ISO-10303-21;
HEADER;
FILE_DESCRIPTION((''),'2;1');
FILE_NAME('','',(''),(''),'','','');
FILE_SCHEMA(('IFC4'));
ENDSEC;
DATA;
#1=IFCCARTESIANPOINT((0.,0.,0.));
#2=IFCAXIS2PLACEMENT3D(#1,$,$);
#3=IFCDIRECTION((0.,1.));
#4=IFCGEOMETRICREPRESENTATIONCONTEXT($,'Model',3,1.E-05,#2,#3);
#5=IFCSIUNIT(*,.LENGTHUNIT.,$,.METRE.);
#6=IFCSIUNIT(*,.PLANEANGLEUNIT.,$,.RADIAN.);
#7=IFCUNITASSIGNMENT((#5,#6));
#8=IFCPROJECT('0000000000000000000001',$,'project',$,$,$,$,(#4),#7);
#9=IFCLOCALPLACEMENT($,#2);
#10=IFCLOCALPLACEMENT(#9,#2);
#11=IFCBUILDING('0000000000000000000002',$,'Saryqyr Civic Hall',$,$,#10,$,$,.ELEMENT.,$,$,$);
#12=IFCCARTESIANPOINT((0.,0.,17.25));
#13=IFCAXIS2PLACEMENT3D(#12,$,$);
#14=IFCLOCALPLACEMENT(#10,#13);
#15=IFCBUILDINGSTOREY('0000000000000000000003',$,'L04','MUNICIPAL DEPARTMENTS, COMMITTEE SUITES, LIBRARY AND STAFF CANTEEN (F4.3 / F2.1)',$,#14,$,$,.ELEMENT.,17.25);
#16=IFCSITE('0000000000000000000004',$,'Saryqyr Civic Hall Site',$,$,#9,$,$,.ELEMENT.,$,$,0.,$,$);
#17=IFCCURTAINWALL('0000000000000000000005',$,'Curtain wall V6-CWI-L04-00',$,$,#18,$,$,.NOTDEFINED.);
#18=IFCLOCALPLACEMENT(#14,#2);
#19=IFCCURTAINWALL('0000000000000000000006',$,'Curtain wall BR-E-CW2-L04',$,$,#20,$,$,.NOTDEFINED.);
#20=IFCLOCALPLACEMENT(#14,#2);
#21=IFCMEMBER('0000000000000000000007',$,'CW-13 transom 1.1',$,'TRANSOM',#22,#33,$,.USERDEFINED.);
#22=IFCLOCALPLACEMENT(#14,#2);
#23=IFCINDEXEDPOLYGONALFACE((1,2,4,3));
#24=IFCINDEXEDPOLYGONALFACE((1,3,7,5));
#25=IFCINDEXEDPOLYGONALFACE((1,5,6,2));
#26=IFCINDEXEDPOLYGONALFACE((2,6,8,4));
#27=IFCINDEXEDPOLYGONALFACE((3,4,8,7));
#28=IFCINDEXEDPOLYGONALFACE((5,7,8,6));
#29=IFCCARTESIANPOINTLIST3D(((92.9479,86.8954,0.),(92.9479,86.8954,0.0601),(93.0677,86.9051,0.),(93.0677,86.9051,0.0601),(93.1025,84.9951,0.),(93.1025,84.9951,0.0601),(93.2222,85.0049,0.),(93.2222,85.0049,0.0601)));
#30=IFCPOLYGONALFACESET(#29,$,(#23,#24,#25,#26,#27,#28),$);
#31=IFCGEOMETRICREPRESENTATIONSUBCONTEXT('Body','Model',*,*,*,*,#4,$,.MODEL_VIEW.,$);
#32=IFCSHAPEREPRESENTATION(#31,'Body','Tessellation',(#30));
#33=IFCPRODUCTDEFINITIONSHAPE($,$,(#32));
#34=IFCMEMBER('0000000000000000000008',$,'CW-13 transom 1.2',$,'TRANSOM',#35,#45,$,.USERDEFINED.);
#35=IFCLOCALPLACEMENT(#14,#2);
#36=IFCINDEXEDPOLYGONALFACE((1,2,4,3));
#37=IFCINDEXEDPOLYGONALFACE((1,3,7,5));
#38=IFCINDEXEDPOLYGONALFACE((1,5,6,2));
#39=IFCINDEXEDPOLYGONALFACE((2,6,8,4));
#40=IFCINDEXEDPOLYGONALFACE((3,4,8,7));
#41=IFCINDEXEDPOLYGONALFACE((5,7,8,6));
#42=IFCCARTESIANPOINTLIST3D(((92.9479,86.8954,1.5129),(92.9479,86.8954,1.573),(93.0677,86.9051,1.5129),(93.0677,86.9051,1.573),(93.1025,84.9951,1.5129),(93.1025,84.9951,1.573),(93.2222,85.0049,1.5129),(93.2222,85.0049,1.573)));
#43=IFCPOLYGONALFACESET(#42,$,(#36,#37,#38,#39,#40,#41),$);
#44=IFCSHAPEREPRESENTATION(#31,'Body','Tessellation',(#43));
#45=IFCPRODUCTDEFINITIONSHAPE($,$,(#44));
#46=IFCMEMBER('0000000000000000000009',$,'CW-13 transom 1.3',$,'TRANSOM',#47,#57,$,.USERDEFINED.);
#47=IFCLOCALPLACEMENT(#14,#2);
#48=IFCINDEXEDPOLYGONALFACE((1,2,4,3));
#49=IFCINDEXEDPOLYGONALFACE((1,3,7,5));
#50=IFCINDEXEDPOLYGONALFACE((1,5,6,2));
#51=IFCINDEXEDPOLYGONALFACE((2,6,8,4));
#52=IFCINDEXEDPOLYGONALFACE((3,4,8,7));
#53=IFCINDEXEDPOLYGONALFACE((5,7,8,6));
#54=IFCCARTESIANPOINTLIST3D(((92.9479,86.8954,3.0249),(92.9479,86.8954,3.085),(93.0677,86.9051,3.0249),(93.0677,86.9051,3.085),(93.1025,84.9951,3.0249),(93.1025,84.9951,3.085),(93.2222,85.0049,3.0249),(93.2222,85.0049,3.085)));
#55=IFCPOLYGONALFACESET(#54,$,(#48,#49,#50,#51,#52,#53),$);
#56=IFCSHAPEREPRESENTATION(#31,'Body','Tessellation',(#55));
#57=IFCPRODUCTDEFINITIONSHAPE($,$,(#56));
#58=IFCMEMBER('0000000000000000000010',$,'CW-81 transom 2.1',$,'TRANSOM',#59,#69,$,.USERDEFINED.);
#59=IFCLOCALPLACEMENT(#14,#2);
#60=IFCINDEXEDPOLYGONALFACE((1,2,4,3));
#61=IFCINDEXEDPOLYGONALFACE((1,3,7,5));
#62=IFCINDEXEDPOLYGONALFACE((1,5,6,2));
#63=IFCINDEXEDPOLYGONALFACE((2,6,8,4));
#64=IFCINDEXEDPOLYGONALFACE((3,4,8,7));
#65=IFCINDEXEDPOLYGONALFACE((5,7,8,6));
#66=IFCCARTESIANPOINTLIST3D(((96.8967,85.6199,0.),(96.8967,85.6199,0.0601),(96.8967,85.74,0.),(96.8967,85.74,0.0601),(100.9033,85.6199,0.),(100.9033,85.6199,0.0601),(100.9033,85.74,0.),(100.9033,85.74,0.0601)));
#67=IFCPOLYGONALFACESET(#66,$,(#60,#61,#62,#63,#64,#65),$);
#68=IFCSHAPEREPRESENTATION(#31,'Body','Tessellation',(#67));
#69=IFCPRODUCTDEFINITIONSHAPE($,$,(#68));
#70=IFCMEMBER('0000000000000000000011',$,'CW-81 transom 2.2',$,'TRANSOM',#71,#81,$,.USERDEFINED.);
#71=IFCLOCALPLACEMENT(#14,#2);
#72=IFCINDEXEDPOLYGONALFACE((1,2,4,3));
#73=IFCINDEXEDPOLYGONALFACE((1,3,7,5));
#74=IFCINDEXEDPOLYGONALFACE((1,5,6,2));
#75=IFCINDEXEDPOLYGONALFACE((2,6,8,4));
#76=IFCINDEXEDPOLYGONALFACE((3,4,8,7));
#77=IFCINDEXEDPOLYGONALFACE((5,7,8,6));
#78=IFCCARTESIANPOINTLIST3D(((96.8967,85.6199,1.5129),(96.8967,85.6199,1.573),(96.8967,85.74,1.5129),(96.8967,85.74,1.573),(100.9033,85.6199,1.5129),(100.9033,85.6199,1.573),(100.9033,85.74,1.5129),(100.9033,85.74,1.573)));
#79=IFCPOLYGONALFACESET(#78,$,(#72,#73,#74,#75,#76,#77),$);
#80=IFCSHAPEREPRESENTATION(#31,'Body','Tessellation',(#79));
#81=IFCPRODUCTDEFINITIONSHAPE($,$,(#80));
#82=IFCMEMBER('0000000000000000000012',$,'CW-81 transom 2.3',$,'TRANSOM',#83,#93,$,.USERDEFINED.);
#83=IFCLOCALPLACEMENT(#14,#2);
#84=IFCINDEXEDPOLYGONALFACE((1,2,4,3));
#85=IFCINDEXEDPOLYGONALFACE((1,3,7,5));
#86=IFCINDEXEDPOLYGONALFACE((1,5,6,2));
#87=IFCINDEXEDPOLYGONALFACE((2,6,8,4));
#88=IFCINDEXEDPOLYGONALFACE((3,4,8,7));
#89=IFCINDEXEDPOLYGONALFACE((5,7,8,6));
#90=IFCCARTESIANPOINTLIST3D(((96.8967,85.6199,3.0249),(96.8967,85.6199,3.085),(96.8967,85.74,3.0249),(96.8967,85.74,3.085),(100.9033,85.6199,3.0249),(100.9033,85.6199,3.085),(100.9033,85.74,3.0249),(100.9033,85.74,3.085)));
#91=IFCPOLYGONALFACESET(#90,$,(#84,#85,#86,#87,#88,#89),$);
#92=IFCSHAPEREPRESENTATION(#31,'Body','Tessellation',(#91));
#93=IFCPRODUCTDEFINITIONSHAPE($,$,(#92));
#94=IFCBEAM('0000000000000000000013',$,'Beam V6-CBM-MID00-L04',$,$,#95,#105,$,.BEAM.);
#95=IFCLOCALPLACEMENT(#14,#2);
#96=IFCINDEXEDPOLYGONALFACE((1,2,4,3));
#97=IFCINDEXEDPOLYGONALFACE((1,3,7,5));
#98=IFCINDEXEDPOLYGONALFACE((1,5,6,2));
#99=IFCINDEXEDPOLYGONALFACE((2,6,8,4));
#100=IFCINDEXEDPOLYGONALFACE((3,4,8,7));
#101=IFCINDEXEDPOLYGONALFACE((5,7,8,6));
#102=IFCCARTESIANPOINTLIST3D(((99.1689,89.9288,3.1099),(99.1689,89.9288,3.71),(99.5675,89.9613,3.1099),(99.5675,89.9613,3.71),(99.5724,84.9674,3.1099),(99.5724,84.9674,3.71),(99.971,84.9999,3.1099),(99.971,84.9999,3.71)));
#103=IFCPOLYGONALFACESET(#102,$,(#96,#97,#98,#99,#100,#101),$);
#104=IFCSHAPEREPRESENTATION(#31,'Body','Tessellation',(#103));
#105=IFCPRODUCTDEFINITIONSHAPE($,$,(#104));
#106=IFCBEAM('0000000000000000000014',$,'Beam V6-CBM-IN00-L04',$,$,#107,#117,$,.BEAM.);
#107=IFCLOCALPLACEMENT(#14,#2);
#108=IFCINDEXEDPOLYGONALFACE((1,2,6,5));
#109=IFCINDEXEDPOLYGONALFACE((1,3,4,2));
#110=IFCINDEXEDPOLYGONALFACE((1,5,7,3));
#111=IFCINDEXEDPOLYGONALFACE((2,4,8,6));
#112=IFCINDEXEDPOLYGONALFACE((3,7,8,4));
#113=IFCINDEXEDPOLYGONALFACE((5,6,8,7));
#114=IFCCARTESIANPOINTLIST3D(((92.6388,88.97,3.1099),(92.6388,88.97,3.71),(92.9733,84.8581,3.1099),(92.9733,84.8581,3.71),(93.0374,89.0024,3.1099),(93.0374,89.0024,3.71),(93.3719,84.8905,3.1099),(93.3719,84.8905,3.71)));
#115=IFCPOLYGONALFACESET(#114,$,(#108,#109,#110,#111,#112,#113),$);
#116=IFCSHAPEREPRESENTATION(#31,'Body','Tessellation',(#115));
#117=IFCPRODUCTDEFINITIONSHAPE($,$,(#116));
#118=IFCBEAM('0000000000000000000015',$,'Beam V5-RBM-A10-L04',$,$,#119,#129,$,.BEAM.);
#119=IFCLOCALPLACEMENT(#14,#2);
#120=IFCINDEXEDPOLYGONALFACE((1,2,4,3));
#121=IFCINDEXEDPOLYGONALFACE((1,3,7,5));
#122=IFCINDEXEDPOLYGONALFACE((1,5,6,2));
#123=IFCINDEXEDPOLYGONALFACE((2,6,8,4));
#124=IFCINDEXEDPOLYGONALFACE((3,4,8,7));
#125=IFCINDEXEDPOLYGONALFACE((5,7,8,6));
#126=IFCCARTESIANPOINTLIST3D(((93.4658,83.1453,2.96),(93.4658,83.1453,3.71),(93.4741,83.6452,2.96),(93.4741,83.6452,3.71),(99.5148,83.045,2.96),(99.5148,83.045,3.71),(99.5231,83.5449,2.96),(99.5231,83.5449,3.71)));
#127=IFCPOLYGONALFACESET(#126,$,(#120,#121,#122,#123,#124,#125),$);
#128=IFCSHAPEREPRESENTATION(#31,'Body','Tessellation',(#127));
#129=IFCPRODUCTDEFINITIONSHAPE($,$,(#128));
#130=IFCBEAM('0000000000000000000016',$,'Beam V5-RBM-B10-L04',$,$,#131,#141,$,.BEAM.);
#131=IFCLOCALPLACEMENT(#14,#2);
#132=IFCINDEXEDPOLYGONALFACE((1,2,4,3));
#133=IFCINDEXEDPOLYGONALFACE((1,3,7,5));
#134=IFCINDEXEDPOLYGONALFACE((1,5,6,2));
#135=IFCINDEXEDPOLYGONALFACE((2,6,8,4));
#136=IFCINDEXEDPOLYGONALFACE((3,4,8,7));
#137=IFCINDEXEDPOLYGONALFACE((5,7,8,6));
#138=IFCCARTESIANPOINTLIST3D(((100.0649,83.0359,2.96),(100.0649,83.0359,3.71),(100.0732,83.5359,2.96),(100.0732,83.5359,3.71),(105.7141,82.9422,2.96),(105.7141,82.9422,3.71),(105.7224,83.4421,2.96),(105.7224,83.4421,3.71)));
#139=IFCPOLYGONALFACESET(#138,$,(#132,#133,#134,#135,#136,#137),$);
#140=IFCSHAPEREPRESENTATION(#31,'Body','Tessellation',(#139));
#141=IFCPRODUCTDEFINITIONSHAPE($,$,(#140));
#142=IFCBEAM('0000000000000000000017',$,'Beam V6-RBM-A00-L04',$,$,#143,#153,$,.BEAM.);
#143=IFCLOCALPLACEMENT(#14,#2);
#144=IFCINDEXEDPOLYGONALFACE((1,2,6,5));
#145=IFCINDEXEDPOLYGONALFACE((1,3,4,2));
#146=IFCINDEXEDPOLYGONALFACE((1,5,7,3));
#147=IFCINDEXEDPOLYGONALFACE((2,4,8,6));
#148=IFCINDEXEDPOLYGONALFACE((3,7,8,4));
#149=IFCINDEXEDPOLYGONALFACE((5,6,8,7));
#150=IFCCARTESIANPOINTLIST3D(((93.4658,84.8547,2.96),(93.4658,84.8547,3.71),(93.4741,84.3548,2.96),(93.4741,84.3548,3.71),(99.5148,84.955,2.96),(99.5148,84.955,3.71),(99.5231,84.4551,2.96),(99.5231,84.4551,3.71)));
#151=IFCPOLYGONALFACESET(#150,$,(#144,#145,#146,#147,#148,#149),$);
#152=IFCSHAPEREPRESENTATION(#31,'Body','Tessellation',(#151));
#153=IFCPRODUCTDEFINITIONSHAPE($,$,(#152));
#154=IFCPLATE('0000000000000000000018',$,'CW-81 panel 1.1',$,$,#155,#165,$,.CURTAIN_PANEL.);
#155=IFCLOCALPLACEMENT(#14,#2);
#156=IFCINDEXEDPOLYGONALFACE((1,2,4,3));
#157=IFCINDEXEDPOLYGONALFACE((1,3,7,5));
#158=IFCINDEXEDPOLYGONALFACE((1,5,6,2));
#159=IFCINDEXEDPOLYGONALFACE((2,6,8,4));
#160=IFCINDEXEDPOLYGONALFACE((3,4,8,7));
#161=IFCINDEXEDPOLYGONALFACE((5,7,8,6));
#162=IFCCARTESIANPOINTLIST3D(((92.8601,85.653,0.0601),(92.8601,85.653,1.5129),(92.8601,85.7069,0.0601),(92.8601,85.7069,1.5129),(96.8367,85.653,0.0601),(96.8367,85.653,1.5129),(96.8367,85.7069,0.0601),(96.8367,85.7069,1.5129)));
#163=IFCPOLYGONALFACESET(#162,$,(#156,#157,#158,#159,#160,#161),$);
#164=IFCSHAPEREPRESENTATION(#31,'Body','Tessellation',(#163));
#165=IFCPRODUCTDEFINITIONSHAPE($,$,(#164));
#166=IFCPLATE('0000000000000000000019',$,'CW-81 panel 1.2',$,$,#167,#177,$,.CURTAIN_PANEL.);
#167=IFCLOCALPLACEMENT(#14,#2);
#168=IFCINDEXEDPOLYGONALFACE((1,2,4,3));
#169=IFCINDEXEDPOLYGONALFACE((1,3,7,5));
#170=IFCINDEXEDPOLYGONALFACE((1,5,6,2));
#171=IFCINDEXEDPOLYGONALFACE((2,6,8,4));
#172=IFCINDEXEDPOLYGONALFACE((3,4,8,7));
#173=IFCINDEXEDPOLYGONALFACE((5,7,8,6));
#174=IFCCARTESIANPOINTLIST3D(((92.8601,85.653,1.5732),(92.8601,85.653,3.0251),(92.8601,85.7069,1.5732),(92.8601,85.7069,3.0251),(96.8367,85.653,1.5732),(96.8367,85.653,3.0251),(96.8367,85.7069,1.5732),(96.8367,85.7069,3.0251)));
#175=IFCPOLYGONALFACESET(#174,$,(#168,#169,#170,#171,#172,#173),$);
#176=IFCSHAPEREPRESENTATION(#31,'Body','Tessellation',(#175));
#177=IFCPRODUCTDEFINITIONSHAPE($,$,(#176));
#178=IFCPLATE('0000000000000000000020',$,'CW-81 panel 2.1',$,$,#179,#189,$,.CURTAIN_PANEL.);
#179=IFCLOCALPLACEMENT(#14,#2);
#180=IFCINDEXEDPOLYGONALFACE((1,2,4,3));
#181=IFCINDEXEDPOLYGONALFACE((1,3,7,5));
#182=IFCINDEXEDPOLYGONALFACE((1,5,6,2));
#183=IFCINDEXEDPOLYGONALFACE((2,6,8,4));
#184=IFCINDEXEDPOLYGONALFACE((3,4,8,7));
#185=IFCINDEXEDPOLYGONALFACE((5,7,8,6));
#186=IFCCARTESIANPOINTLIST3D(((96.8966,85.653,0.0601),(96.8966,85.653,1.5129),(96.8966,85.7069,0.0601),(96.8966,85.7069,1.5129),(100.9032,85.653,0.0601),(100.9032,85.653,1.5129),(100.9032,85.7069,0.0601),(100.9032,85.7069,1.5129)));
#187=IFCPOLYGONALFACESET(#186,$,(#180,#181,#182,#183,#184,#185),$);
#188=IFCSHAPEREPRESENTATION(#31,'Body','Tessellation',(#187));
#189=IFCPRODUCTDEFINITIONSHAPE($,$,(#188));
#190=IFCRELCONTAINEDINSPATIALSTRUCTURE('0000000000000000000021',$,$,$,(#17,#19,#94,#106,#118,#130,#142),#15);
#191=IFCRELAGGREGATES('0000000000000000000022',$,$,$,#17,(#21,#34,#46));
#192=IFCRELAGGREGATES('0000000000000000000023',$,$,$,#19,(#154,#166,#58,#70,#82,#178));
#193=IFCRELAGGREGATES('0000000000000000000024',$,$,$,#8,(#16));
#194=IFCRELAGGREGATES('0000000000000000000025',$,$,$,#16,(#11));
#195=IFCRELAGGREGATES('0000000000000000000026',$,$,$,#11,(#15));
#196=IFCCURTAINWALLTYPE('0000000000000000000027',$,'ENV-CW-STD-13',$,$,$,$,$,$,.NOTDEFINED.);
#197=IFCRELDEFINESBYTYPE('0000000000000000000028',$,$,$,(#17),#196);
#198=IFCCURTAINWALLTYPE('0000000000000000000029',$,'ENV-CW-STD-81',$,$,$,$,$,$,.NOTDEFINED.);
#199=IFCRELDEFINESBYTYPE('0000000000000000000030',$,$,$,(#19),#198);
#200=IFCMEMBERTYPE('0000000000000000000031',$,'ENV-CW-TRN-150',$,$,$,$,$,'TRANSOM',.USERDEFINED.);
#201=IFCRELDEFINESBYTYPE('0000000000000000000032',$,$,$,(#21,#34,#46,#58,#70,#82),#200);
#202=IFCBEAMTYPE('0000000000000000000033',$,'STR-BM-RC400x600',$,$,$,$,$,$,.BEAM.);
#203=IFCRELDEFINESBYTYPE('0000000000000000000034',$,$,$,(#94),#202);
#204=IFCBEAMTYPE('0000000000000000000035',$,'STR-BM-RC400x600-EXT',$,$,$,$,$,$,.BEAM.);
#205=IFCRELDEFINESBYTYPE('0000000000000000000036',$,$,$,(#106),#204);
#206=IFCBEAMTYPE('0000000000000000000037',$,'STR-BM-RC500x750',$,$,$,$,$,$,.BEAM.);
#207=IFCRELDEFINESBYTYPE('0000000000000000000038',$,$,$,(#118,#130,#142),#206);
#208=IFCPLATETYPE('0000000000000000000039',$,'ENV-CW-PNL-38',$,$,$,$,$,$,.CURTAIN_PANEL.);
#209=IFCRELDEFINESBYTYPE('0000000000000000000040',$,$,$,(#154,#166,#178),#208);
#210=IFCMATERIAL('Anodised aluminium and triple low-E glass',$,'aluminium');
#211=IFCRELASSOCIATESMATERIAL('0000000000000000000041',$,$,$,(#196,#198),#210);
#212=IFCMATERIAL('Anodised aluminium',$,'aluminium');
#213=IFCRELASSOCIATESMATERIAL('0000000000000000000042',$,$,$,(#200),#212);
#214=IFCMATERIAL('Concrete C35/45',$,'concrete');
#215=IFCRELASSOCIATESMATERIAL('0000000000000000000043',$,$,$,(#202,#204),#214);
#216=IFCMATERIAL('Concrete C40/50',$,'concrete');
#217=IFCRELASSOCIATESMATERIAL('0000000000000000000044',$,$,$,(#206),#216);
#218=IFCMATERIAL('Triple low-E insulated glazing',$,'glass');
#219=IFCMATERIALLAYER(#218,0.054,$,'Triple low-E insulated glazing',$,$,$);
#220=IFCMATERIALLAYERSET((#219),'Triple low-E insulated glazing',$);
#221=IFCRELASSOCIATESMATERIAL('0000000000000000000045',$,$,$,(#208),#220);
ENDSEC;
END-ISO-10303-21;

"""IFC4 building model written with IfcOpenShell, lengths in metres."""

from ifc_helpers import new_model, si_unit, direction, frame, origin, origin_2d, place, context, subcontext, project, spatial, rectangle, extrude, material, layer, layer_set, material_profile, profile_set, type_object, element, aggregate, save


model = new_model("IFC4")

# Units and contexts
model_context = context("Model", 3, precision=1e-05, world=origin(), true_north=direction((0.0, 1.0)))
body_context = subcontext(model_context, "Body", "Model", "MODEL_VIEW")
ifc_project = project(units=[si_unit("LENGTHUNIT", "METRE"), si_unit("PLANEANGLEUNIT", "RADIAN")], contexts=[model_context])

# Site, building, storey
site_placement = place(None, origin())
site = spatial("IfcSite", under=ifc_project, at=site_placement, Name="Saryqyr Civic Hall Site", CompositionType="ELEMENT", RefElevation=0.0)
building_placement = place(site_placement, origin())
building = spatial("IfcBuilding", under=site, at=building_placement, Name="Saryqyr Civic Hall", CompositionType="ELEMENT")
storey_placement = place(building_placement, frame((0.0, 0.0, 17.25)))
storey = spatial("IfcBuildingStorey", under=building, at=storey_placement, Name="L04", Description="MUNICIPAL DEPARTMENTS, COMMITTEE SUITES, LIBRARY AND STAFF CANTEEN (F4.3 / F2.1)", CompositionType="ELEMENT", Elevation=17.25)

# Shared definitions
ifc_material_1 = material(Name="Concrete C40/50", Category="concrete")

# Curtain walls
ifc_material_2 = material(Name="Anodised aluminium and triple low-E glass", Category="aluminium")
curtain_wall_type_1 = type_object("IfcCurtainWallType", Name="ENV-CW-STD-13", PredefinedType="NOTDEFINED", material=ifc_material_2)
curtain_wall_1_placement = place(storey_placement, origin())
curtain_wall_1 = element("IfcCurtainWall", 1, at=curtain_wall_1_placement, inside=storey, type_object=curtain_wall_type_1, Name="Curtain wall V6-CWI-L04-00", PredefinedType="NOTDEFINED")
ifc_material_3 = material(Name="Anodised aluminium", Category="aluminium")
curtain_wall_type_2 = type_object("IfcCurtainWallType", Name="ENV-CW-STD-81", PredefinedType="NOTDEFINED", material=ifc_material_2)
curtain_wall_2_placement = place(storey_placement, origin())
curtain_wall_2 = element("IfcCurtainWall", 2, at=curtain_wall_2_placement, inside=storey, type_object=curtain_wall_type_2, Name="Curtain wall BR-E-CW2-L04", PredefinedType="NOTDEFINED")

# Members
ifc_material_profile_1 = material_profile(ifc_material_3, rectangle(XDim=0.1201, YDim=0.0601, at=origin_2d()), Name="ALU TRANSOM 120x60")
ifc_profile_set_1 = profile_set([ifc_material_profile_1], Name="Anodised aluminium")
member_type_1 = type_object("IfcMemberType", Name="ENV-CW-TRN-150", ElementType="TRANSOM", PredefinedType="USERDEFINED", material=ifc_profile_set_1)
member_1_placement = place(storey_placement, frame((93.1624, 85.0, 0.03), z_axis=(-0.081063, 0.996709, 0.0), x_axis=(-0.996709, -0.081063, 0.0)))
member_1 = element("IfcMember", 3, at=member_1_placement, type_object=member_type_1, Name="CW-13 transom 1.1", ObjectType="TRANSOM", PredefinedType="USERDEFINED", context=body_context, shape_type="SweptSolid", body=[
    extrude(rectangle(XDim=0.1201, YDim=0.0601, at=origin_2d()), origin(), (0.0, 0.0, 1.0), 1.9065),
])
member_2_placement = place(storey_placement, frame((93.1624, 85.0, 1.543), z_axis=(-0.081063, 0.996709, 0.0), x_axis=(-0.996709, -0.081063, 0.0)))
member_2 = element("IfcMember", 4, at=member_2_placement, type_object=member_type_1, Name="CW-13 transom 1.2", ObjectType="TRANSOM", PredefinedType="USERDEFINED", context=body_context, shape_type="SweptSolid", body=[
    extrude(rectangle(XDim=0.1201, YDim=0.0601, at=origin_2d()), origin(), (0.0, 0.0, 1.0), 1.9065),
])
member_3_placement = place(storey_placement, frame((93.1624, 85.0, 3.0549), z_axis=(-0.081063, 0.996709, 0.0), x_axis=(-0.996709, -0.081063, 0.0)))
member_3 = element("IfcMember", 5, at=member_3_placement, type_object=member_type_1, Name="CW-13 transom 1.3", ObjectType="TRANSOM", PredefinedType="USERDEFINED", context=body_context, shape_type="SweptSolid", body=[
    extrude(rectangle(XDim=0.1201, YDim=0.0601, at=origin_2d()), origin(), (0.0, 0.0, 1.0), 1.9065),
])
aggregate(curtain_wall_1, [member_1, member_2, member_3])
member_4_placement = place(storey_placement, frame((96.8967, 85.6799, 0.03), z_axis=(1.0, 0.0, 0.0), x_axis=(0.0, 1.0, 0.0)))
member_4 = element("IfcMember", 6, at=member_4_placement, type_object=member_type_1, Name="CW-81 transom 2.1", ObjectType="TRANSOM", PredefinedType="USERDEFINED", context=body_context, shape_type="SweptSolid", body=[
    extrude(rectangle(XDim=0.1201, YDim=0.0601, at=origin_2d()), origin(), (0.0, 0.0, 1.0), 4.0066),
])
member_5_placement = place(storey_placement, frame((96.8967, 85.6799, 1.543), z_axis=(1.0, 0.0, 0.0), x_axis=(0.0, 1.0, 0.0)))
member_5 = element("IfcMember", 7, at=member_5_placement, type_object=member_type_1, Name="CW-81 transom 2.2", ObjectType="TRANSOM", PredefinedType="USERDEFINED", context=body_context, shape_type="SweptSolid", body=[
    extrude(rectangle(XDim=0.1201, YDim=0.0601, at=origin_2d()), origin(), (0.0, 0.0, 1.0), 4.0066),
])
member_6_placement = place(storey_placement, frame((96.8967, 85.6799, 3.0549), z_axis=(1.0, 0.0, 0.0), x_axis=(0.0, 1.0, 0.0)))
member_6 = element("IfcMember", 8, at=member_6_placement, type_object=member_type_1, Name="CW-81 transom 2.3", ObjectType="TRANSOM", PredefinedType="USERDEFINED", context=body_context, shape_type="SweptSolid", body=[
    extrude(rectangle(XDim=0.1201, YDim=0.0601, at=origin_2d()), origin(), (0.0, 0.0, 1.0), 4.0066),
])

# Beams
ifc_material_4 = material(Name="Concrete C35/45", Category="concrete")
ifc_material_profile_2 = material_profile(ifc_material_4, rectangle(XDim=0.3999, YDim=0.6001, at=origin_2d()), Name="RC 400x600")
ifc_profile_set_2 = profile_set([ifc_material_profile_2], Name="Concrete C35/45")
beam_type_1 = type_object("IfcBeamType", Name="STR-BM-RC400x600", PredefinedType="BEAM", material=ifc_profile_set_2)
beam_1_placement = place(storey_placement, frame((99.7717, 84.9836, 3.4099), z_axis=(-0.081073, 0.996708, 0.0), x_axis=(-0.996708, -0.081073, 0.0)))
element("IfcBeam", 9, at=beam_1_placement, inside=storey, type_object=beam_type_1, Name="Beam V6-CBM-MID00-L04", PredefinedType="BEAM", context=body_context, shape_type="SweptSolid", body=[
    extrude(rectangle(XDim=0.3999, YDim=0.6001, at=origin_2d()), origin(), (0.0, 0.0, 1.0), 4.9778),
])
ifc_material_profile_3 = material_profile(ifc_material_4, rectangle(XDim=0.3999, YDim=0.6001, at=origin_2d()), Name="RC 400x600")
ifc_profile_set_3 = profile_set([ifc_material_profile_3], Name="Concrete C35/45")
beam_type_2 = type_object("IfcBeamType", Name="STR-BM-RC400x600-EXT", PredefinedType="BEAM", material=ifc_profile_set_3)
beam_2_placement = place(storey_placement, frame((93.1726, 84.8743, 3.4099), z_axis=(-0.081076, 0.996708, 0.0), x_axis=(-0.996708, -0.081076, 0.0)))
element("IfcBeam", 10, at=beam_2_placement, inside=storey, type_object=beam_type_2, Name="Beam V6-CBM-IN00-L04", PredefinedType="BEAM", context=body_context, shape_type="SweptSolid", body=[
    extrude(rectangle(XDim=0.3999, YDim=0.6001, at=origin_2d()), origin(), (0.0, 0.0, 1.0), 4.1255),
])
ifc_material_profile_4 = material_profile(ifc_material_1, rectangle(XDim=0.5, YDim=0.75, at=origin_2d()), Name="RC 500x750")
ifc_profile_set_4 = profile_set([ifc_material_profile_4], Name="Concrete C40/50")
beam_type_3 = type_object("IfcBeamType", Name="STR-BM-RC500x750", PredefinedType="BEAM", material=ifc_profile_set_4)
beam_3_placement = place(storey_placement, frame((93.47, 83.3953, 3.335), z_axis=(0.999862, -0.016586, 0.0), x_axis=(0.016586, 0.999862, 0.0)))
element("IfcBeam", 11, at=beam_3_placement, inside=storey, type_object=beam_type_3, Name="Beam V5-RBM-A10-L04", PredefinedType="BEAM", context=body_context, shape_type="SweptSolid", body=[
    extrude(rectangle(XDim=0.5, YDim=0.75, at=origin_2d()), origin(), (0.0, 0.0, 1.0), 6.0498),
])
beam_4_placement = place(storey_placement, frame((100.0691, 83.2859, 3.335), z_axis=(0.999862, -0.016593, 0.0), x_axis=(0.016593, 0.999862, 0.0)))
element("IfcBeam", 12, at=beam_4_placement, inside=storey, type_object=beam_type_3, Name="Beam V5-RBM-B10-L04", PredefinedType="BEAM", context=body_context, shape_type="SweptSolid", body=[
    extrude(rectangle(XDim=0.5, YDim=0.75, at=origin_2d()), origin(), (0.0, 0.0, 1.0), 5.6499),
])
beam_5_placement = place(storey_placement, frame((93.47, 84.6047, 3.335), z_axis=(0.999862, 0.016586, 0.0), x_axis=(-0.016586, 0.999862, 0.0)))
element("IfcBeam", 13, at=beam_5_placement, inside=storey, type_object=beam_type_3, Name="Beam V6-RBM-A00-L04", PredefinedType="BEAM", context=body_context, shape_type="SweptSolid", body=[
    extrude(rectangle(XDim=0.5, YDim=0.75, at=origin_2d()), origin(), (0.0, 0.0, 1.0), 6.0498),
])

# Plates
ifc_material_5 = material(Name="Triple low-E insulated glazing", Category="glass")
ifc_layer_1 = layer(ifc_material_5, 0.054, Name="Triple low-E insulated glazing")
ifc_layer_set_1 = layer_set([ifc_layer_1], Name="Triple low-E insulated glazing")
plate_type = type_object("IfcPlateType", Name="ENV-CW-PNL-38", PredefinedType="CURTAIN_PANEL", material=ifc_layer_set_1)
plate_1_placement = place(storey_placement, frame((94.8484, 85.6799, 0.0601), z_axis=(0.0, 0.0, 1.0), x_axis=(1.0, 0.0, 0.0)))
plate_1 = element("IfcPlate", 14, at=plate_1_placement, type_object=plate_type, Name="CW-81 panel 1.1", PredefinedType="CURTAIN_PANEL", context=body_context, shape_type="SweptSolid", body=[
    extrude(rectangle(XDim=3.9766, YDim=0.054, at=origin_2d()), origin(), (0.0, 0.0, 1.0), 1.4529),
])
plate_2_placement = place(storey_placement, frame((94.8484, 85.6799, 1.5732), z_axis=(0.0, 0.0, 1.0), x_axis=(1.0, 0.0, 0.0)))
plate_2 = element("IfcPlate", 15, at=plate_2_placement, type_object=plate_type, Name="CW-81 panel 1.2", PredefinedType="CURTAIN_PANEL", context=body_context, shape_type="SweptSolid", body=[
    extrude(rectangle(XDim=3.9766, YDim=0.054, at=origin_2d()), origin(), (0.0, 0.0, 1.0), 1.4519),
])
plate_3_placement = place(storey_placement, frame((98.8999, 85.6799, 0.0601), z_axis=(0.0, 0.0, 1.0), x_axis=(1.0, 0.0, 0.0)))
plate_3 = element("IfcPlate", 16, at=plate_3_placement, type_object=plate_type, Name="CW-81 panel 2.1", PredefinedType="CURTAIN_PANEL", context=body_context, shape_type="SweptSolid", body=[
    extrude(rectangle(XDim=4.0066, YDim=0.054, at=origin_2d()), origin(), (0.0, 0.0, 1.0), 1.4529),
])
aggregate(curtain_wall_2, [plate_1, plate_2, member_4, member_5, member_6, plate_3])

save(model, "model.ifc")
